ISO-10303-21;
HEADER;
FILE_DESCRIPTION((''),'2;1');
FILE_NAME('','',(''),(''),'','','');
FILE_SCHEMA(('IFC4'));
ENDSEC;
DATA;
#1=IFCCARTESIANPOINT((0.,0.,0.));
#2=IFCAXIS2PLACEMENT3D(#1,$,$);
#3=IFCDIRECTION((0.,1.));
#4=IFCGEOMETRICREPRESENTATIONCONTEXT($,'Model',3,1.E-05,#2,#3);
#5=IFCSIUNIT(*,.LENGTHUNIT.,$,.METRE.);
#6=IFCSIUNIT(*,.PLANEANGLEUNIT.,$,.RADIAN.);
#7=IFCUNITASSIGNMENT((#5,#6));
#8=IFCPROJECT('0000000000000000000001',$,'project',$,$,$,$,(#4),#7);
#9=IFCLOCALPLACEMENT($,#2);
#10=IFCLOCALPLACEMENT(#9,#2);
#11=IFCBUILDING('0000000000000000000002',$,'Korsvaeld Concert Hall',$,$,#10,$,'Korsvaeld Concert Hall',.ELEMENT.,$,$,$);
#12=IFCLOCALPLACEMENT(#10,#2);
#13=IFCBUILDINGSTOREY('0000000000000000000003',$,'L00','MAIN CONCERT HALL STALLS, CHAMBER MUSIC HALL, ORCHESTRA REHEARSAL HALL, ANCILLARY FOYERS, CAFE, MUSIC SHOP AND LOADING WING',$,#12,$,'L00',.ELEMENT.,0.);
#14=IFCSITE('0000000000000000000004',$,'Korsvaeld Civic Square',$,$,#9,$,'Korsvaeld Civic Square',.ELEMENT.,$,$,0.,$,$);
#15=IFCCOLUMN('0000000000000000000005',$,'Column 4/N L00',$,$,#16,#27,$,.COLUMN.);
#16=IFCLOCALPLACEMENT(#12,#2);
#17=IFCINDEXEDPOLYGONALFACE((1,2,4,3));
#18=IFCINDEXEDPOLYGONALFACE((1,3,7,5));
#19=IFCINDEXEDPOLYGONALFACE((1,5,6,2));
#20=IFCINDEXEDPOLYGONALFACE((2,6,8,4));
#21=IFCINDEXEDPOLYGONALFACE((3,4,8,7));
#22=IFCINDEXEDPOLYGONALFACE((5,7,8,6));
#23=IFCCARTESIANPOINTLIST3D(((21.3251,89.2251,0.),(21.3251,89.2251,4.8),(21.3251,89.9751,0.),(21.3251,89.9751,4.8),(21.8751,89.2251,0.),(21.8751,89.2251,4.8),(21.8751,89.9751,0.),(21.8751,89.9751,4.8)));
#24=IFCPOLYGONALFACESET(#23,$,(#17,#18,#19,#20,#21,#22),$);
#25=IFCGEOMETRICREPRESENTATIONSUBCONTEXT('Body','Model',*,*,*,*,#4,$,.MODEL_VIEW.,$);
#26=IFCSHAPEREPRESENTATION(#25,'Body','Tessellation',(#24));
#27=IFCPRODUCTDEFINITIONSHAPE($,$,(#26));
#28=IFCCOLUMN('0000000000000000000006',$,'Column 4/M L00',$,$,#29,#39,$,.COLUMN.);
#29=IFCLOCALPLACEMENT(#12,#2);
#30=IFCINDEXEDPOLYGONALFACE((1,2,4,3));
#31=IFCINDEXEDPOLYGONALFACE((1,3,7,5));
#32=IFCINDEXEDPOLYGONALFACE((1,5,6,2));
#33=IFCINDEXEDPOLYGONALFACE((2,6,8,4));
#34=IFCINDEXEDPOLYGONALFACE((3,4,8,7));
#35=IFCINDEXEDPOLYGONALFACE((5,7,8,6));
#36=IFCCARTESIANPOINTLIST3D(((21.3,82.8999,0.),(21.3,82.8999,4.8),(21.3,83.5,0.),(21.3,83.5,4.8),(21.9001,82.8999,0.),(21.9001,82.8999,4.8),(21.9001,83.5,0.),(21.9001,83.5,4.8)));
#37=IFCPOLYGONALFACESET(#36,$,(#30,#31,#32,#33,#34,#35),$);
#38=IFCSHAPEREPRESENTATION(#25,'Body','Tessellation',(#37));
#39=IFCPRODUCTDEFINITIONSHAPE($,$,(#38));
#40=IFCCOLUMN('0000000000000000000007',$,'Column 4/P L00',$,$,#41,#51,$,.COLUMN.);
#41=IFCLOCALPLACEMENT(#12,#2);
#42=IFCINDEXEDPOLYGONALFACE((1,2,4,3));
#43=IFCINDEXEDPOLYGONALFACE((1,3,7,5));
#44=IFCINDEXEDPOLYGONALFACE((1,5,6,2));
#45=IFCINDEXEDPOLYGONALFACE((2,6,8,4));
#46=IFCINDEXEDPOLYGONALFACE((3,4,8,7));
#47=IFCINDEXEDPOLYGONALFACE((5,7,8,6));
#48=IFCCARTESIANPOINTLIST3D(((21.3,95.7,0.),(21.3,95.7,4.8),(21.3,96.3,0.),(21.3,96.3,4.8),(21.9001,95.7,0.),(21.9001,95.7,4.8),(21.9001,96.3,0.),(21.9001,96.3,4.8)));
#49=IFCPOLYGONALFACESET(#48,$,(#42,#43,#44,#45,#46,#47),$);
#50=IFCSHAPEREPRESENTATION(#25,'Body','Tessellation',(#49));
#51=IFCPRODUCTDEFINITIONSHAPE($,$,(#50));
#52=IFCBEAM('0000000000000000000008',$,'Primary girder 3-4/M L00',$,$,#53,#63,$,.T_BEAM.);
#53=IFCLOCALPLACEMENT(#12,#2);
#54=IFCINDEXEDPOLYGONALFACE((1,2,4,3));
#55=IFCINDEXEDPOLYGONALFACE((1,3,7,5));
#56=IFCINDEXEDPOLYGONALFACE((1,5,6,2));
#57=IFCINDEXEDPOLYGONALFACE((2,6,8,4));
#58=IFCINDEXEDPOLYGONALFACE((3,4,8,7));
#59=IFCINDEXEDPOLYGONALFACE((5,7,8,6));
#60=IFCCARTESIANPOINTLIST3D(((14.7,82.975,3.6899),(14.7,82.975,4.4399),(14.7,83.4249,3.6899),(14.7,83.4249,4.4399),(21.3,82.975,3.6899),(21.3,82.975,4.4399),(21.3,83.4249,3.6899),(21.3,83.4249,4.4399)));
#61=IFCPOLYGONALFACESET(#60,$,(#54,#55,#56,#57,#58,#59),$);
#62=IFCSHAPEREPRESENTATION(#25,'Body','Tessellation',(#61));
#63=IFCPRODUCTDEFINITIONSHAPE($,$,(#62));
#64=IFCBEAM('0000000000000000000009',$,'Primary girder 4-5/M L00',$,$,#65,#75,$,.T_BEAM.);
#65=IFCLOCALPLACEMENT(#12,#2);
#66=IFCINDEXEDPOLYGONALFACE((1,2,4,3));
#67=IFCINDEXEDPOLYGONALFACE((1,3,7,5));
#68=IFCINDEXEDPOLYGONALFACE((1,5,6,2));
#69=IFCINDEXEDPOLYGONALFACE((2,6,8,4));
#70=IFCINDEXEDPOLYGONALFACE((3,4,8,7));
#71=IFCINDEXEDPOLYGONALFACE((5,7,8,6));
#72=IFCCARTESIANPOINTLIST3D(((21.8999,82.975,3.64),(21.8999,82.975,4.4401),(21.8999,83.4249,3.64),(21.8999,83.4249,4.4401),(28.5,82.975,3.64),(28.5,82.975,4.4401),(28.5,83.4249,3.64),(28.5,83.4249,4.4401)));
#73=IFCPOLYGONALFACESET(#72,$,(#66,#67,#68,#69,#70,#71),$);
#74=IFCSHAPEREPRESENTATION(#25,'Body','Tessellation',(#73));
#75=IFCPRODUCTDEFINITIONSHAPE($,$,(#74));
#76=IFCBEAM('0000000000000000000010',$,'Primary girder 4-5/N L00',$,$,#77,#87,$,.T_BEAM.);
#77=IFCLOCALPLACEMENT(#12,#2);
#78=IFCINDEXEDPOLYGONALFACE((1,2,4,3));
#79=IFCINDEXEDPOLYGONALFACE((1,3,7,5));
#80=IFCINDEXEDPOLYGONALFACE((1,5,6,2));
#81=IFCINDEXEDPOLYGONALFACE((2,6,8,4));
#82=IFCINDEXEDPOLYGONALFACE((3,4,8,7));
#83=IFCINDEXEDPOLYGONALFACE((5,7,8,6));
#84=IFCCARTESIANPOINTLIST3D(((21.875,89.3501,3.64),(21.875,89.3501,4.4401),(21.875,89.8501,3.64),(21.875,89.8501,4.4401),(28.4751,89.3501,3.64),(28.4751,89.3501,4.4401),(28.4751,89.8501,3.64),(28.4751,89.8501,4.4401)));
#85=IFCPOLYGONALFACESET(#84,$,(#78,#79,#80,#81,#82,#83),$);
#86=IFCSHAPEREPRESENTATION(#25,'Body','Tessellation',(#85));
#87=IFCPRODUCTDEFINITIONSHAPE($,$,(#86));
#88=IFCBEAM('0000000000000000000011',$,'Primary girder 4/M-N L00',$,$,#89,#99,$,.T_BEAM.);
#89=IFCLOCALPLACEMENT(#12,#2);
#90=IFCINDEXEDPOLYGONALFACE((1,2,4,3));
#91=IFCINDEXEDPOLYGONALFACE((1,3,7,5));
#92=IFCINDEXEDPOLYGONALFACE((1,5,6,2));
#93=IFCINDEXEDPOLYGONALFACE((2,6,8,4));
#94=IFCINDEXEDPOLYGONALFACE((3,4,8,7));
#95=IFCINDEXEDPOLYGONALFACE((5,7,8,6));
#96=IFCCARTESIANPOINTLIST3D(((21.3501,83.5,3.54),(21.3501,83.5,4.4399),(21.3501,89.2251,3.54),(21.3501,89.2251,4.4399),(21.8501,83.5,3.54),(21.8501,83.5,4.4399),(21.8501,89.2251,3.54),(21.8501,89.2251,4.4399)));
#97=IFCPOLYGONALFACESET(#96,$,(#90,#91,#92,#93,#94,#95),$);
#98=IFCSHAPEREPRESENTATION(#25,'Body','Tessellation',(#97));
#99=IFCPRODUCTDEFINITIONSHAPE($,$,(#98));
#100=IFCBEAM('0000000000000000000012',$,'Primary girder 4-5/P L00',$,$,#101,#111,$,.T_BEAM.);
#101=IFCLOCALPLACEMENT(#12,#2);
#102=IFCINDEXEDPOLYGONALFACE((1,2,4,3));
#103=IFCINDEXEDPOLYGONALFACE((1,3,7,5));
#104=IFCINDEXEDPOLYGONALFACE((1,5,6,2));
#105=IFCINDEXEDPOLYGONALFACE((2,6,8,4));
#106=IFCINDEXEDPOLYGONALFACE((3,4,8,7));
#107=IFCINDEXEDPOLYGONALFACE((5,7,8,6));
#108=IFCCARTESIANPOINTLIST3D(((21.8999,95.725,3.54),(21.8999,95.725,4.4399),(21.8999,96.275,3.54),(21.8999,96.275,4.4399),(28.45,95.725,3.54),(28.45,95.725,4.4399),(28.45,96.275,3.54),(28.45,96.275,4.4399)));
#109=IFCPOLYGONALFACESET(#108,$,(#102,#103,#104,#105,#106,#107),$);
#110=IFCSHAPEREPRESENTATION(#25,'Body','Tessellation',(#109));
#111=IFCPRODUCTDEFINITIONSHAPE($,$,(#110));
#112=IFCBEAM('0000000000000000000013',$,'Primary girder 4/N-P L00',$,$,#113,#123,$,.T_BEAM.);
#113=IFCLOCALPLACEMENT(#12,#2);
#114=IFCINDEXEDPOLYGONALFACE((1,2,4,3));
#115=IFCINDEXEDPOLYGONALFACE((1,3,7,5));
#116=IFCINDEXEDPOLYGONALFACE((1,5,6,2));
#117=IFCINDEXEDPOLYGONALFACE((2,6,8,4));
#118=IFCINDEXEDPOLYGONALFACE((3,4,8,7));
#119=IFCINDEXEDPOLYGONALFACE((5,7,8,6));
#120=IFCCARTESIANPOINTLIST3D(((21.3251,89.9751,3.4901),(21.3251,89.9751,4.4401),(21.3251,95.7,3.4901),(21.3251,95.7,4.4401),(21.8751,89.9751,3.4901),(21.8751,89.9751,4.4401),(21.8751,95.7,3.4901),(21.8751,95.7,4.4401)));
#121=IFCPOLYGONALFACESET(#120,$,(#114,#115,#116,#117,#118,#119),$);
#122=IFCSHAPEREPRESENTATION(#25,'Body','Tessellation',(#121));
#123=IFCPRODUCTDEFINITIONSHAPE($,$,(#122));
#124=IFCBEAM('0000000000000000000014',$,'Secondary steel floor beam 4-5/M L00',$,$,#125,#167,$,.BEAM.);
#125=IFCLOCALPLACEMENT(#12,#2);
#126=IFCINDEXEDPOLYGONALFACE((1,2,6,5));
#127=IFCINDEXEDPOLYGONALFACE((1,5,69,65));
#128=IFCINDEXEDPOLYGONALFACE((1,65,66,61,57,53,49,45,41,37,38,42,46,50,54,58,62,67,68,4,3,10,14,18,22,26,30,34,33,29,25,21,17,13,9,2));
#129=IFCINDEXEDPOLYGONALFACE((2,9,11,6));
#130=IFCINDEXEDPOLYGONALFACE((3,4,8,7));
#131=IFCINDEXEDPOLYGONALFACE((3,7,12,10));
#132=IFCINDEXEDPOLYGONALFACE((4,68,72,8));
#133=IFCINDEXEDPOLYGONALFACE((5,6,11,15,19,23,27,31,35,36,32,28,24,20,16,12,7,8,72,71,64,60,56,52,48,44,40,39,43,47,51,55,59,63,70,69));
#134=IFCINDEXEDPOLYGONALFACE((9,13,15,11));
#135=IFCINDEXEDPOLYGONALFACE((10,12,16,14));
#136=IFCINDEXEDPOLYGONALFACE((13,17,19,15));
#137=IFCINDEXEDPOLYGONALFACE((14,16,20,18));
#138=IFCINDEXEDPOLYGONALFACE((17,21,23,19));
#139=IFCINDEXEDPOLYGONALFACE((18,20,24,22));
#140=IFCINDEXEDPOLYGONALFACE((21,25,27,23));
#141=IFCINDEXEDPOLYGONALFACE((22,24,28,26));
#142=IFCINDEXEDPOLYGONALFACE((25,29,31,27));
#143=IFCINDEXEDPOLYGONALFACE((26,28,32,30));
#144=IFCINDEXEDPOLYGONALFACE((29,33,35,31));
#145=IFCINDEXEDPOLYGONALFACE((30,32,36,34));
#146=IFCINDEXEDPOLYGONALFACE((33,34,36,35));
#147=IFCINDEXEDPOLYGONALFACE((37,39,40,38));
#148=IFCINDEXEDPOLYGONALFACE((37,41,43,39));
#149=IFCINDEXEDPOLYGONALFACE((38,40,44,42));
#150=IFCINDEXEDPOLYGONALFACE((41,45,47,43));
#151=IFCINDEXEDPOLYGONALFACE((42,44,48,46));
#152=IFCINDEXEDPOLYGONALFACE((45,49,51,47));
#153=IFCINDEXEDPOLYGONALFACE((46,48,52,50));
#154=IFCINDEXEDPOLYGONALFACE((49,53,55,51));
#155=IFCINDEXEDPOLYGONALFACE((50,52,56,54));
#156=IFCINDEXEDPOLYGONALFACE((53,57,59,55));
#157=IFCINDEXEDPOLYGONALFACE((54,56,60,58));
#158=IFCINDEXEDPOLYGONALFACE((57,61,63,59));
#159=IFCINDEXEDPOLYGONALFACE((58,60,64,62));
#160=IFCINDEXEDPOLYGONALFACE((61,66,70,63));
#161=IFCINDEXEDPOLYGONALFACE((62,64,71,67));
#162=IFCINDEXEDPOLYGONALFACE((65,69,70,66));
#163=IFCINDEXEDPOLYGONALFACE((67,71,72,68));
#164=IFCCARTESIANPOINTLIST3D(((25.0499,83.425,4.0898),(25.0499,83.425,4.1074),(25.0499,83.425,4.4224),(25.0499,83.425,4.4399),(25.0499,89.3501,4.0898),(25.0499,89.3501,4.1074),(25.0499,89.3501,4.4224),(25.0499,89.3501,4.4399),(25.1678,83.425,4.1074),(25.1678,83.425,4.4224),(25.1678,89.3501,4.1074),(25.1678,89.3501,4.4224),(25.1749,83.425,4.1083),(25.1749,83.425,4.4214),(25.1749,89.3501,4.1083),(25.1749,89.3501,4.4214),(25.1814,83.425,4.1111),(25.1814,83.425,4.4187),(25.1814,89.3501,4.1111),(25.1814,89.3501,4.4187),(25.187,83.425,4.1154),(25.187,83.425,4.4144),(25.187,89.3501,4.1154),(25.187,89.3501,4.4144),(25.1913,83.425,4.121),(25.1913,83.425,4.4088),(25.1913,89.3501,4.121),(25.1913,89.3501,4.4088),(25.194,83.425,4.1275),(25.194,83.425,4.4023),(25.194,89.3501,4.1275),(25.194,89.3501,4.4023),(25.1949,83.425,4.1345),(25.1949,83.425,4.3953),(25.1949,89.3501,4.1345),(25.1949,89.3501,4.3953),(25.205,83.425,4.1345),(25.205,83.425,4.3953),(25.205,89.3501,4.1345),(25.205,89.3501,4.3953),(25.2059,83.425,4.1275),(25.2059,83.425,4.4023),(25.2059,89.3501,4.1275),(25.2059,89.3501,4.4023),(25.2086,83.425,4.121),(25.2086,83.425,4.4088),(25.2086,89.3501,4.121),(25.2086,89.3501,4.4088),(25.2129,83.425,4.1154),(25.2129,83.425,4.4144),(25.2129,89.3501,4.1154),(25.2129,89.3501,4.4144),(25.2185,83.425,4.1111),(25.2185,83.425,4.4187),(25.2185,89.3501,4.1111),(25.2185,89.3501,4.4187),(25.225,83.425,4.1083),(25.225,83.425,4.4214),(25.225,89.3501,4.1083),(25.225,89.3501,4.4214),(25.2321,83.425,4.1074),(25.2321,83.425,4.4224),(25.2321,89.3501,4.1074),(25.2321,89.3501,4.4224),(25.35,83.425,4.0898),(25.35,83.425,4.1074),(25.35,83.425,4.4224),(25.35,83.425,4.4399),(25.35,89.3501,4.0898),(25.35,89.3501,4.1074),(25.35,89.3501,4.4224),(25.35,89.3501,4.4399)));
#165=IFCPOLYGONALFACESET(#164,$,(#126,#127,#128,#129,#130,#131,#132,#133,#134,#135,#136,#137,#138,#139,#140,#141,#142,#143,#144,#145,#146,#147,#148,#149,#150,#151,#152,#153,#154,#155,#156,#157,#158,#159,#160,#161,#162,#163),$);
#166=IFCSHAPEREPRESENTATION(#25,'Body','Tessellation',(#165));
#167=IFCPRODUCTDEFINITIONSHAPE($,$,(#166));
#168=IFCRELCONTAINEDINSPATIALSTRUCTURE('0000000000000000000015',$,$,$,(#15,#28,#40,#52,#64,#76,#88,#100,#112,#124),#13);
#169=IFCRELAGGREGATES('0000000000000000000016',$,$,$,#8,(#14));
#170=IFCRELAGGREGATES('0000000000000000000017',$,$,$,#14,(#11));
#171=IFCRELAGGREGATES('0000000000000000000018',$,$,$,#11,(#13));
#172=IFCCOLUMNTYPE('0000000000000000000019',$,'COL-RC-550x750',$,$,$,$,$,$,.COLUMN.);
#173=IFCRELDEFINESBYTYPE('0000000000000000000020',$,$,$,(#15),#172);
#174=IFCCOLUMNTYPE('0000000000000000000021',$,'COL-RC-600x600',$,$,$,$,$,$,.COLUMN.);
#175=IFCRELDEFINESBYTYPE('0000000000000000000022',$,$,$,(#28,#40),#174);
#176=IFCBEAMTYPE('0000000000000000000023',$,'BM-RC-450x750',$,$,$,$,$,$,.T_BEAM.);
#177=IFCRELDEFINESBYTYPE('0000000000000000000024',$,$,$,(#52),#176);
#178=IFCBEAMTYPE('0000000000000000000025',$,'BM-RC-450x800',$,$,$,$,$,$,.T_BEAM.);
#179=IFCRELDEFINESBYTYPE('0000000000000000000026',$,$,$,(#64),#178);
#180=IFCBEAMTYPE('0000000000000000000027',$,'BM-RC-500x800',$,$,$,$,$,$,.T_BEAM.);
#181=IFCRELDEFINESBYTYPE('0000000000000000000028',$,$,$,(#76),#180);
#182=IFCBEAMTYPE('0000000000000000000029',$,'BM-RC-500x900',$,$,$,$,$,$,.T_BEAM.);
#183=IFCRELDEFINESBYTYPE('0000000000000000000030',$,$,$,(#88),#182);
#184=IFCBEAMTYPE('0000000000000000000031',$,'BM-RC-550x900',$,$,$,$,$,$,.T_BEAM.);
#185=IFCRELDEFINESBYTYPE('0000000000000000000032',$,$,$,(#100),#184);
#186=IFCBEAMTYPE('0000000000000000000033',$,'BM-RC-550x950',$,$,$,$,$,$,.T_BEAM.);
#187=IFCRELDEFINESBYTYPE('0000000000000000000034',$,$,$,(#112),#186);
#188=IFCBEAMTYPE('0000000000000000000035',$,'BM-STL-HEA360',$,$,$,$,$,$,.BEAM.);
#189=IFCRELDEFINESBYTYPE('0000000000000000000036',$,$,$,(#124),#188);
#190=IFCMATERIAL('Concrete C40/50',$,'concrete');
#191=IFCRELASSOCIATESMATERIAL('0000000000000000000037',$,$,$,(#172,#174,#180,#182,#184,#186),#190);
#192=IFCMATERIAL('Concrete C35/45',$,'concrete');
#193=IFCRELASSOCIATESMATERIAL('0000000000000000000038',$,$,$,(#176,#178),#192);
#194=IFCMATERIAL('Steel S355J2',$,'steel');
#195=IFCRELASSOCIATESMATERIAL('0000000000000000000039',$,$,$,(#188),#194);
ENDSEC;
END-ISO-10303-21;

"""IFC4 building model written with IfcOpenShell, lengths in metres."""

from ifc_helpers import new_model, si_unit, direction, frame, origin, origin_2d, place, context, subcontext, project, spatial, rectangle, i_section, extrude, material, material_profile, profile_set, type_object, element, save


model = new_model("IFC4")

# Units and contexts
model_context = context("Model", 3, precision=1e-05, world=origin(), true_north=direction((0.0, 1.0)))
body_context = subcontext(model_context, "Body", "Model", "MODEL_VIEW")
ifc_project = project(units=[si_unit("LENGTHUNIT", "METRE"), si_unit("PLANEANGLEUNIT", "RADIAN")], contexts=[model_context])

# Site, building, storey
site_placement = place(None, origin())
site = spatial("IfcSite", under=ifc_project, at=site_placement, Name="Korsvaeld Civic Square", LongName="Korsvaeld Civic Square", CompositionType="ELEMENT", RefElevation=0.0)
building_placement = place(site_placement, origin())
building = spatial("IfcBuilding", under=site, at=building_placement, Name="Korsvaeld Concert Hall", LongName="Korsvaeld Concert Hall", CompositionType="ELEMENT")
storey_placement = place(building_placement, origin())
storey = spatial("IfcBuildingStorey", under=building, at=storey_placement, Name="L00", Description="MAIN CONCERT HALL STALLS, CHAMBER MUSIC HALL, ORCHESTRA REHEARSAL HALL, ANCILLARY FOYERS, CAFE, MUSIC SHOP AND LOADING WING", LongName="L00", CompositionType="ELEMENT", Elevation=0.0)

# Columns
ifc_material_1 = material(Name="Concrete C40/50", Category="concrete")
ifc_material_profile_1 = material_profile(ifc_material_1, rectangle(XDim=0.55, YDim=0.75, at=origin_2d()), Name="RC 550x750")
ifc_profile_set_1 = profile_set([ifc_material_profile_1], Name="Concrete C40/50")
column_type_1 = type_object("IfcColumnType", Name="COL-RC-550x750", PredefinedType="COLUMN", material=ifc_profile_set_1)
column_placement = place(storey_placement, frame((21.6001, 89.6001, 0.0), z_axis=(0.0, 0.0, 1.0), x_axis=(1.0, 0.0, 0.0)))
element("IfcColumn", 1, at=column_placement, inside=storey, type_object=column_type_1, Name="Column 4/N L00", PredefinedType="COLUMN", context=body_context, shape_type="SweptSolid", body=[
    extrude(rectangle(XDim=0.55, YDim=0.75, at=origin_2d()), origin(), (0.0, 0.0, 1.0), 4.8),
])
ifc_material_profile_2 = material_profile(ifc_material_1, rectangle(XDim=0.6001, YDim=0.6001, at=origin_2d()), Name="RC 600x600")
ifc_profile_set_2 = profile_set([ifc_material_profile_2], Name="Concrete C40/50")
column_type_2 = type_object("IfcColumnType", Name="COL-RC-600x600", PredefinedType="COLUMN", material=ifc_profile_set_2)
for number, where, z_axis, x_axis, name in (
    (2, (21.6001, 83.2, 0.0), (0.0, 0.0, 1.0), (1.0, 0.0, 0.0), "Column 4/M L00"),
    (3, (21.6001, 96.0, 0.0), (0.0, 0.0, 1.0), (1.0, 0.0, 0.0), "Column 4/P L00"),
):
    element("IfcColumn", number, at=place(storey_placement, frame(where, z_axis=z_axis, x_axis=x_axis)), inside=storey, type_object=column_type_2, Name=name, PredefinedType="COLUMN", context=body_context, shape_type="SweptSolid", body=[
        extrude(rectangle(XDim=0.6001, YDim=0.6001, at=origin_2d()), origin(), (0.0, 0.0, 1.0), 4.8),
    ])

# Beams
ifc_material_2 = material(Name="Concrete C35/45", Category="concrete")
ifc_material_profile_3 = material_profile(ifc_material_2, rectangle(XDim=0.45, YDim=0.75, at=origin_2d()), Name="RC 450x750")
ifc_profile_set_3 = profile_set([ifc_material_profile_3], Name="Concrete C35/45")
beam_type_1 = type_object("IfcBeamType", Name="BM-RC-450x750", PredefinedType="T_BEAM", material=ifc_profile_set_3)
beam_1_placement = place(storey_placement, frame((14.7, 83.2, 4.0649), z_axis=(1.0, 0.0, 0.0), x_axis=(0.0, 1.0, 0.0)))
element("IfcBeam", 4, at=beam_1_placement, inside=storey, type_object=beam_type_1, Name="Primary girder 3-4/M L00", PredefinedType="T_BEAM", context=body_context, shape_type="SweptSolid", body=[
    extrude(rectangle(XDim=0.45, YDim=0.75, at=origin_2d()), origin(), (0.0, 0.0, 1.0), 6.6001),
])
ifc_material_profile_4 = material_profile(ifc_material_2, rectangle(XDim=0.45, YDim=0.8, at=origin_2d()), Name="RC 450x800")
ifc_profile_set_4 = profile_set([ifc_material_profile_4], Name="Concrete C35/45")
beam_type_2 = type_object("IfcBeamType", Name="BM-RC-450x800", PredefinedType="T_BEAM", material=ifc_profile_set_4)
beam_2_placement = place(storey_placement, frame((21.8999, 83.2, 4.04), z_axis=(1.0, 0.0, 0.0), x_axis=(0.0, 1.0, 0.0)))
element("IfcBeam", 5, at=beam_2_placement, inside=storey, type_object=beam_type_2, Name="Primary girder 4-5/M L00", PredefinedType="T_BEAM", context=body_context, shape_type="SweptSolid", body=[
    extrude(rectangle(XDim=0.45, YDim=0.8, at=origin_2d()), origin(), (0.0, 0.0, 1.0), 6.6001),
])
ifc_material_profile_5 = material_profile(ifc_material_1, rectangle(XDim=0.5, YDim=0.8, at=origin_2d()), Name="RC 500x800")
ifc_profile_set_5 = profile_set([ifc_material_profile_5], Name="Concrete C40/50")
beam_type_3 = type_object("IfcBeamType", Name="BM-RC-500x800", PredefinedType="T_BEAM", material=ifc_profile_set_5)
beam_3_placement = place(storey_placement, frame((21.875, 89.6001, 4.04), z_axis=(1.0, 0.0, 0.0), x_axis=(0.0, 1.0, 0.0)))
element("IfcBeam", 6, at=beam_3_placement, inside=storey, type_object=beam_type_3, Name="Primary girder 4-5/N L00", PredefinedType="T_BEAM", context=body_context, shape_type="SweptSolid", body=[
    extrude(rectangle(XDim=0.5, YDim=0.8, at=origin_2d()), origin(), (0.0, 0.0, 1.0), 6.6001),
])
ifc_material_profile_6 = material_profile(ifc_material_1, rectangle(XDim=0.5, YDim=0.8999, at=origin_2d()), Name="RC 500x900")
ifc_profile_set_6 = profile_set([ifc_material_profile_6], Name="Concrete C40/50")
beam_type_4 = type_object("IfcBeamType", Name="BM-RC-500x900", PredefinedType="T_BEAM", material=ifc_profile_set_6)
beam_4_placement = place(storey_placement, frame((21.6001, 83.5, 3.99), z_axis=(0.0, 1.0, 0.0), x_axis=(-1.0, 0.0, 0.0)))
element("IfcBeam", 7, at=beam_4_placement, inside=storey, type_object=beam_type_4, Name="Primary girder 4/M-N L00", PredefinedType="T_BEAM", context=body_context, shape_type="SweptSolid", body=[
    extrude(rectangle(XDim=0.5, YDim=0.8999, at=origin_2d()), origin(), (0.0, 0.0, 1.0), 5.7251),
])
ifc_material_profile_7 = material_profile(ifc_material_1, rectangle(XDim=0.55, YDim=0.8999, at=origin_2d()), Name="RC 550x900")
ifc_profile_set_7 = profile_set([ifc_material_profile_7], Name="Concrete C40/50")
beam_type_5 = type_object("IfcBeamType", Name="BM-RC-550x900", PredefinedType="T_BEAM", material=ifc_profile_set_7)
beam_5_placement = place(storey_placement, frame((21.8999, 96.0, 3.99), z_axis=(1.0, 0.0, 0.0), x_axis=(0.0, 1.0, 0.0)))
element("IfcBeam", 8, at=beam_5_placement, inside=storey, type_object=beam_type_5, Name="Primary girder 4-5/P L00", PredefinedType="T_BEAM", context=body_context, shape_type="SweptSolid", body=[
    extrude(rectangle(XDim=0.55, YDim=0.8999, at=origin_2d()), origin(), (0.0, 0.0, 1.0), 6.55),
])
ifc_material_profile_8 = material_profile(ifc_material_1, rectangle(XDim=0.55, YDim=0.95, at=origin_2d()), Name="RC 550x950")
ifc_profile_set_8 = profile_set([ifc_material_profile_8], Name="Concrete C40/50")
beam_type_6 = type_object("IfcBeamType", Name="BM-RC-550x950", PredefinedType="T_BEAM", material=ifc_profile_set_8)
beam_6_placement = place(storey_placement, frame((21.6001, 89.9751, 3.9651), z_axis=(0.0, 1.0, 0.0), x_axis=(-1.0, 0.0, 0.0)))
element("IfcBeam", 9, at=beam_6_placement, inside=storey, type_object=beam_type_6, Name="Primary girder 4/N-P L00", PredefinedType="T_BEAM", context=body_context, shape_type="SweptSolid", body=[
    extrude(rectangle(XDim=0.55, YDim=0.95, at=origin_2d()), origin(), (0.0, 0.0, 1.0), 5.7249),
])
ifc_material_3 = material(Name="Steel S355J2", Category="steel")
ifc_material_profile_9 = material_profile(ifc_material_3, i_section(OverallWidth=0.3, OverallDepth=0.3501, WebThickness=0.01, FlangeThickness=0.0176, FilletRadius=0.0271, at=origin_2d()), Name="HEA 360")
ifc_profile_set_9 = profile_set([ifc_material_profile_9], Name="Steel S355J2")
beam_type_7 = type_object("IfcBeamType", Name="BM-STL-HEA360", PredefinedType="BEAM", material=ifc_profile_set_9)
beam_7_placement = place(storey_placement, frame((25.2, 83.425, 4.2649), z_axis=(0.0, 1.0, 0.0), x_axis=(-1.0, 0.0, 0.0)))
element("IfcBeam", 10, at=beam_7_placement, inside=storey, type_object=beam_type_7, Name="Secondary steel floor beam 4-5/M L00", PredefinedType="BEAM", context=body_context, shape_type="SweptSolid", body=[
    extrude(i_section(OverallWidth=0.3, OverallDepth=0.3501, WebThickness=0.01, FlangeThickness=0.0176, FilletRadius=0.0271, at=origin_2d()), origin(), (0.0, 0.0, 1.0), 5.925),
])

save(model, "model.ifc")
